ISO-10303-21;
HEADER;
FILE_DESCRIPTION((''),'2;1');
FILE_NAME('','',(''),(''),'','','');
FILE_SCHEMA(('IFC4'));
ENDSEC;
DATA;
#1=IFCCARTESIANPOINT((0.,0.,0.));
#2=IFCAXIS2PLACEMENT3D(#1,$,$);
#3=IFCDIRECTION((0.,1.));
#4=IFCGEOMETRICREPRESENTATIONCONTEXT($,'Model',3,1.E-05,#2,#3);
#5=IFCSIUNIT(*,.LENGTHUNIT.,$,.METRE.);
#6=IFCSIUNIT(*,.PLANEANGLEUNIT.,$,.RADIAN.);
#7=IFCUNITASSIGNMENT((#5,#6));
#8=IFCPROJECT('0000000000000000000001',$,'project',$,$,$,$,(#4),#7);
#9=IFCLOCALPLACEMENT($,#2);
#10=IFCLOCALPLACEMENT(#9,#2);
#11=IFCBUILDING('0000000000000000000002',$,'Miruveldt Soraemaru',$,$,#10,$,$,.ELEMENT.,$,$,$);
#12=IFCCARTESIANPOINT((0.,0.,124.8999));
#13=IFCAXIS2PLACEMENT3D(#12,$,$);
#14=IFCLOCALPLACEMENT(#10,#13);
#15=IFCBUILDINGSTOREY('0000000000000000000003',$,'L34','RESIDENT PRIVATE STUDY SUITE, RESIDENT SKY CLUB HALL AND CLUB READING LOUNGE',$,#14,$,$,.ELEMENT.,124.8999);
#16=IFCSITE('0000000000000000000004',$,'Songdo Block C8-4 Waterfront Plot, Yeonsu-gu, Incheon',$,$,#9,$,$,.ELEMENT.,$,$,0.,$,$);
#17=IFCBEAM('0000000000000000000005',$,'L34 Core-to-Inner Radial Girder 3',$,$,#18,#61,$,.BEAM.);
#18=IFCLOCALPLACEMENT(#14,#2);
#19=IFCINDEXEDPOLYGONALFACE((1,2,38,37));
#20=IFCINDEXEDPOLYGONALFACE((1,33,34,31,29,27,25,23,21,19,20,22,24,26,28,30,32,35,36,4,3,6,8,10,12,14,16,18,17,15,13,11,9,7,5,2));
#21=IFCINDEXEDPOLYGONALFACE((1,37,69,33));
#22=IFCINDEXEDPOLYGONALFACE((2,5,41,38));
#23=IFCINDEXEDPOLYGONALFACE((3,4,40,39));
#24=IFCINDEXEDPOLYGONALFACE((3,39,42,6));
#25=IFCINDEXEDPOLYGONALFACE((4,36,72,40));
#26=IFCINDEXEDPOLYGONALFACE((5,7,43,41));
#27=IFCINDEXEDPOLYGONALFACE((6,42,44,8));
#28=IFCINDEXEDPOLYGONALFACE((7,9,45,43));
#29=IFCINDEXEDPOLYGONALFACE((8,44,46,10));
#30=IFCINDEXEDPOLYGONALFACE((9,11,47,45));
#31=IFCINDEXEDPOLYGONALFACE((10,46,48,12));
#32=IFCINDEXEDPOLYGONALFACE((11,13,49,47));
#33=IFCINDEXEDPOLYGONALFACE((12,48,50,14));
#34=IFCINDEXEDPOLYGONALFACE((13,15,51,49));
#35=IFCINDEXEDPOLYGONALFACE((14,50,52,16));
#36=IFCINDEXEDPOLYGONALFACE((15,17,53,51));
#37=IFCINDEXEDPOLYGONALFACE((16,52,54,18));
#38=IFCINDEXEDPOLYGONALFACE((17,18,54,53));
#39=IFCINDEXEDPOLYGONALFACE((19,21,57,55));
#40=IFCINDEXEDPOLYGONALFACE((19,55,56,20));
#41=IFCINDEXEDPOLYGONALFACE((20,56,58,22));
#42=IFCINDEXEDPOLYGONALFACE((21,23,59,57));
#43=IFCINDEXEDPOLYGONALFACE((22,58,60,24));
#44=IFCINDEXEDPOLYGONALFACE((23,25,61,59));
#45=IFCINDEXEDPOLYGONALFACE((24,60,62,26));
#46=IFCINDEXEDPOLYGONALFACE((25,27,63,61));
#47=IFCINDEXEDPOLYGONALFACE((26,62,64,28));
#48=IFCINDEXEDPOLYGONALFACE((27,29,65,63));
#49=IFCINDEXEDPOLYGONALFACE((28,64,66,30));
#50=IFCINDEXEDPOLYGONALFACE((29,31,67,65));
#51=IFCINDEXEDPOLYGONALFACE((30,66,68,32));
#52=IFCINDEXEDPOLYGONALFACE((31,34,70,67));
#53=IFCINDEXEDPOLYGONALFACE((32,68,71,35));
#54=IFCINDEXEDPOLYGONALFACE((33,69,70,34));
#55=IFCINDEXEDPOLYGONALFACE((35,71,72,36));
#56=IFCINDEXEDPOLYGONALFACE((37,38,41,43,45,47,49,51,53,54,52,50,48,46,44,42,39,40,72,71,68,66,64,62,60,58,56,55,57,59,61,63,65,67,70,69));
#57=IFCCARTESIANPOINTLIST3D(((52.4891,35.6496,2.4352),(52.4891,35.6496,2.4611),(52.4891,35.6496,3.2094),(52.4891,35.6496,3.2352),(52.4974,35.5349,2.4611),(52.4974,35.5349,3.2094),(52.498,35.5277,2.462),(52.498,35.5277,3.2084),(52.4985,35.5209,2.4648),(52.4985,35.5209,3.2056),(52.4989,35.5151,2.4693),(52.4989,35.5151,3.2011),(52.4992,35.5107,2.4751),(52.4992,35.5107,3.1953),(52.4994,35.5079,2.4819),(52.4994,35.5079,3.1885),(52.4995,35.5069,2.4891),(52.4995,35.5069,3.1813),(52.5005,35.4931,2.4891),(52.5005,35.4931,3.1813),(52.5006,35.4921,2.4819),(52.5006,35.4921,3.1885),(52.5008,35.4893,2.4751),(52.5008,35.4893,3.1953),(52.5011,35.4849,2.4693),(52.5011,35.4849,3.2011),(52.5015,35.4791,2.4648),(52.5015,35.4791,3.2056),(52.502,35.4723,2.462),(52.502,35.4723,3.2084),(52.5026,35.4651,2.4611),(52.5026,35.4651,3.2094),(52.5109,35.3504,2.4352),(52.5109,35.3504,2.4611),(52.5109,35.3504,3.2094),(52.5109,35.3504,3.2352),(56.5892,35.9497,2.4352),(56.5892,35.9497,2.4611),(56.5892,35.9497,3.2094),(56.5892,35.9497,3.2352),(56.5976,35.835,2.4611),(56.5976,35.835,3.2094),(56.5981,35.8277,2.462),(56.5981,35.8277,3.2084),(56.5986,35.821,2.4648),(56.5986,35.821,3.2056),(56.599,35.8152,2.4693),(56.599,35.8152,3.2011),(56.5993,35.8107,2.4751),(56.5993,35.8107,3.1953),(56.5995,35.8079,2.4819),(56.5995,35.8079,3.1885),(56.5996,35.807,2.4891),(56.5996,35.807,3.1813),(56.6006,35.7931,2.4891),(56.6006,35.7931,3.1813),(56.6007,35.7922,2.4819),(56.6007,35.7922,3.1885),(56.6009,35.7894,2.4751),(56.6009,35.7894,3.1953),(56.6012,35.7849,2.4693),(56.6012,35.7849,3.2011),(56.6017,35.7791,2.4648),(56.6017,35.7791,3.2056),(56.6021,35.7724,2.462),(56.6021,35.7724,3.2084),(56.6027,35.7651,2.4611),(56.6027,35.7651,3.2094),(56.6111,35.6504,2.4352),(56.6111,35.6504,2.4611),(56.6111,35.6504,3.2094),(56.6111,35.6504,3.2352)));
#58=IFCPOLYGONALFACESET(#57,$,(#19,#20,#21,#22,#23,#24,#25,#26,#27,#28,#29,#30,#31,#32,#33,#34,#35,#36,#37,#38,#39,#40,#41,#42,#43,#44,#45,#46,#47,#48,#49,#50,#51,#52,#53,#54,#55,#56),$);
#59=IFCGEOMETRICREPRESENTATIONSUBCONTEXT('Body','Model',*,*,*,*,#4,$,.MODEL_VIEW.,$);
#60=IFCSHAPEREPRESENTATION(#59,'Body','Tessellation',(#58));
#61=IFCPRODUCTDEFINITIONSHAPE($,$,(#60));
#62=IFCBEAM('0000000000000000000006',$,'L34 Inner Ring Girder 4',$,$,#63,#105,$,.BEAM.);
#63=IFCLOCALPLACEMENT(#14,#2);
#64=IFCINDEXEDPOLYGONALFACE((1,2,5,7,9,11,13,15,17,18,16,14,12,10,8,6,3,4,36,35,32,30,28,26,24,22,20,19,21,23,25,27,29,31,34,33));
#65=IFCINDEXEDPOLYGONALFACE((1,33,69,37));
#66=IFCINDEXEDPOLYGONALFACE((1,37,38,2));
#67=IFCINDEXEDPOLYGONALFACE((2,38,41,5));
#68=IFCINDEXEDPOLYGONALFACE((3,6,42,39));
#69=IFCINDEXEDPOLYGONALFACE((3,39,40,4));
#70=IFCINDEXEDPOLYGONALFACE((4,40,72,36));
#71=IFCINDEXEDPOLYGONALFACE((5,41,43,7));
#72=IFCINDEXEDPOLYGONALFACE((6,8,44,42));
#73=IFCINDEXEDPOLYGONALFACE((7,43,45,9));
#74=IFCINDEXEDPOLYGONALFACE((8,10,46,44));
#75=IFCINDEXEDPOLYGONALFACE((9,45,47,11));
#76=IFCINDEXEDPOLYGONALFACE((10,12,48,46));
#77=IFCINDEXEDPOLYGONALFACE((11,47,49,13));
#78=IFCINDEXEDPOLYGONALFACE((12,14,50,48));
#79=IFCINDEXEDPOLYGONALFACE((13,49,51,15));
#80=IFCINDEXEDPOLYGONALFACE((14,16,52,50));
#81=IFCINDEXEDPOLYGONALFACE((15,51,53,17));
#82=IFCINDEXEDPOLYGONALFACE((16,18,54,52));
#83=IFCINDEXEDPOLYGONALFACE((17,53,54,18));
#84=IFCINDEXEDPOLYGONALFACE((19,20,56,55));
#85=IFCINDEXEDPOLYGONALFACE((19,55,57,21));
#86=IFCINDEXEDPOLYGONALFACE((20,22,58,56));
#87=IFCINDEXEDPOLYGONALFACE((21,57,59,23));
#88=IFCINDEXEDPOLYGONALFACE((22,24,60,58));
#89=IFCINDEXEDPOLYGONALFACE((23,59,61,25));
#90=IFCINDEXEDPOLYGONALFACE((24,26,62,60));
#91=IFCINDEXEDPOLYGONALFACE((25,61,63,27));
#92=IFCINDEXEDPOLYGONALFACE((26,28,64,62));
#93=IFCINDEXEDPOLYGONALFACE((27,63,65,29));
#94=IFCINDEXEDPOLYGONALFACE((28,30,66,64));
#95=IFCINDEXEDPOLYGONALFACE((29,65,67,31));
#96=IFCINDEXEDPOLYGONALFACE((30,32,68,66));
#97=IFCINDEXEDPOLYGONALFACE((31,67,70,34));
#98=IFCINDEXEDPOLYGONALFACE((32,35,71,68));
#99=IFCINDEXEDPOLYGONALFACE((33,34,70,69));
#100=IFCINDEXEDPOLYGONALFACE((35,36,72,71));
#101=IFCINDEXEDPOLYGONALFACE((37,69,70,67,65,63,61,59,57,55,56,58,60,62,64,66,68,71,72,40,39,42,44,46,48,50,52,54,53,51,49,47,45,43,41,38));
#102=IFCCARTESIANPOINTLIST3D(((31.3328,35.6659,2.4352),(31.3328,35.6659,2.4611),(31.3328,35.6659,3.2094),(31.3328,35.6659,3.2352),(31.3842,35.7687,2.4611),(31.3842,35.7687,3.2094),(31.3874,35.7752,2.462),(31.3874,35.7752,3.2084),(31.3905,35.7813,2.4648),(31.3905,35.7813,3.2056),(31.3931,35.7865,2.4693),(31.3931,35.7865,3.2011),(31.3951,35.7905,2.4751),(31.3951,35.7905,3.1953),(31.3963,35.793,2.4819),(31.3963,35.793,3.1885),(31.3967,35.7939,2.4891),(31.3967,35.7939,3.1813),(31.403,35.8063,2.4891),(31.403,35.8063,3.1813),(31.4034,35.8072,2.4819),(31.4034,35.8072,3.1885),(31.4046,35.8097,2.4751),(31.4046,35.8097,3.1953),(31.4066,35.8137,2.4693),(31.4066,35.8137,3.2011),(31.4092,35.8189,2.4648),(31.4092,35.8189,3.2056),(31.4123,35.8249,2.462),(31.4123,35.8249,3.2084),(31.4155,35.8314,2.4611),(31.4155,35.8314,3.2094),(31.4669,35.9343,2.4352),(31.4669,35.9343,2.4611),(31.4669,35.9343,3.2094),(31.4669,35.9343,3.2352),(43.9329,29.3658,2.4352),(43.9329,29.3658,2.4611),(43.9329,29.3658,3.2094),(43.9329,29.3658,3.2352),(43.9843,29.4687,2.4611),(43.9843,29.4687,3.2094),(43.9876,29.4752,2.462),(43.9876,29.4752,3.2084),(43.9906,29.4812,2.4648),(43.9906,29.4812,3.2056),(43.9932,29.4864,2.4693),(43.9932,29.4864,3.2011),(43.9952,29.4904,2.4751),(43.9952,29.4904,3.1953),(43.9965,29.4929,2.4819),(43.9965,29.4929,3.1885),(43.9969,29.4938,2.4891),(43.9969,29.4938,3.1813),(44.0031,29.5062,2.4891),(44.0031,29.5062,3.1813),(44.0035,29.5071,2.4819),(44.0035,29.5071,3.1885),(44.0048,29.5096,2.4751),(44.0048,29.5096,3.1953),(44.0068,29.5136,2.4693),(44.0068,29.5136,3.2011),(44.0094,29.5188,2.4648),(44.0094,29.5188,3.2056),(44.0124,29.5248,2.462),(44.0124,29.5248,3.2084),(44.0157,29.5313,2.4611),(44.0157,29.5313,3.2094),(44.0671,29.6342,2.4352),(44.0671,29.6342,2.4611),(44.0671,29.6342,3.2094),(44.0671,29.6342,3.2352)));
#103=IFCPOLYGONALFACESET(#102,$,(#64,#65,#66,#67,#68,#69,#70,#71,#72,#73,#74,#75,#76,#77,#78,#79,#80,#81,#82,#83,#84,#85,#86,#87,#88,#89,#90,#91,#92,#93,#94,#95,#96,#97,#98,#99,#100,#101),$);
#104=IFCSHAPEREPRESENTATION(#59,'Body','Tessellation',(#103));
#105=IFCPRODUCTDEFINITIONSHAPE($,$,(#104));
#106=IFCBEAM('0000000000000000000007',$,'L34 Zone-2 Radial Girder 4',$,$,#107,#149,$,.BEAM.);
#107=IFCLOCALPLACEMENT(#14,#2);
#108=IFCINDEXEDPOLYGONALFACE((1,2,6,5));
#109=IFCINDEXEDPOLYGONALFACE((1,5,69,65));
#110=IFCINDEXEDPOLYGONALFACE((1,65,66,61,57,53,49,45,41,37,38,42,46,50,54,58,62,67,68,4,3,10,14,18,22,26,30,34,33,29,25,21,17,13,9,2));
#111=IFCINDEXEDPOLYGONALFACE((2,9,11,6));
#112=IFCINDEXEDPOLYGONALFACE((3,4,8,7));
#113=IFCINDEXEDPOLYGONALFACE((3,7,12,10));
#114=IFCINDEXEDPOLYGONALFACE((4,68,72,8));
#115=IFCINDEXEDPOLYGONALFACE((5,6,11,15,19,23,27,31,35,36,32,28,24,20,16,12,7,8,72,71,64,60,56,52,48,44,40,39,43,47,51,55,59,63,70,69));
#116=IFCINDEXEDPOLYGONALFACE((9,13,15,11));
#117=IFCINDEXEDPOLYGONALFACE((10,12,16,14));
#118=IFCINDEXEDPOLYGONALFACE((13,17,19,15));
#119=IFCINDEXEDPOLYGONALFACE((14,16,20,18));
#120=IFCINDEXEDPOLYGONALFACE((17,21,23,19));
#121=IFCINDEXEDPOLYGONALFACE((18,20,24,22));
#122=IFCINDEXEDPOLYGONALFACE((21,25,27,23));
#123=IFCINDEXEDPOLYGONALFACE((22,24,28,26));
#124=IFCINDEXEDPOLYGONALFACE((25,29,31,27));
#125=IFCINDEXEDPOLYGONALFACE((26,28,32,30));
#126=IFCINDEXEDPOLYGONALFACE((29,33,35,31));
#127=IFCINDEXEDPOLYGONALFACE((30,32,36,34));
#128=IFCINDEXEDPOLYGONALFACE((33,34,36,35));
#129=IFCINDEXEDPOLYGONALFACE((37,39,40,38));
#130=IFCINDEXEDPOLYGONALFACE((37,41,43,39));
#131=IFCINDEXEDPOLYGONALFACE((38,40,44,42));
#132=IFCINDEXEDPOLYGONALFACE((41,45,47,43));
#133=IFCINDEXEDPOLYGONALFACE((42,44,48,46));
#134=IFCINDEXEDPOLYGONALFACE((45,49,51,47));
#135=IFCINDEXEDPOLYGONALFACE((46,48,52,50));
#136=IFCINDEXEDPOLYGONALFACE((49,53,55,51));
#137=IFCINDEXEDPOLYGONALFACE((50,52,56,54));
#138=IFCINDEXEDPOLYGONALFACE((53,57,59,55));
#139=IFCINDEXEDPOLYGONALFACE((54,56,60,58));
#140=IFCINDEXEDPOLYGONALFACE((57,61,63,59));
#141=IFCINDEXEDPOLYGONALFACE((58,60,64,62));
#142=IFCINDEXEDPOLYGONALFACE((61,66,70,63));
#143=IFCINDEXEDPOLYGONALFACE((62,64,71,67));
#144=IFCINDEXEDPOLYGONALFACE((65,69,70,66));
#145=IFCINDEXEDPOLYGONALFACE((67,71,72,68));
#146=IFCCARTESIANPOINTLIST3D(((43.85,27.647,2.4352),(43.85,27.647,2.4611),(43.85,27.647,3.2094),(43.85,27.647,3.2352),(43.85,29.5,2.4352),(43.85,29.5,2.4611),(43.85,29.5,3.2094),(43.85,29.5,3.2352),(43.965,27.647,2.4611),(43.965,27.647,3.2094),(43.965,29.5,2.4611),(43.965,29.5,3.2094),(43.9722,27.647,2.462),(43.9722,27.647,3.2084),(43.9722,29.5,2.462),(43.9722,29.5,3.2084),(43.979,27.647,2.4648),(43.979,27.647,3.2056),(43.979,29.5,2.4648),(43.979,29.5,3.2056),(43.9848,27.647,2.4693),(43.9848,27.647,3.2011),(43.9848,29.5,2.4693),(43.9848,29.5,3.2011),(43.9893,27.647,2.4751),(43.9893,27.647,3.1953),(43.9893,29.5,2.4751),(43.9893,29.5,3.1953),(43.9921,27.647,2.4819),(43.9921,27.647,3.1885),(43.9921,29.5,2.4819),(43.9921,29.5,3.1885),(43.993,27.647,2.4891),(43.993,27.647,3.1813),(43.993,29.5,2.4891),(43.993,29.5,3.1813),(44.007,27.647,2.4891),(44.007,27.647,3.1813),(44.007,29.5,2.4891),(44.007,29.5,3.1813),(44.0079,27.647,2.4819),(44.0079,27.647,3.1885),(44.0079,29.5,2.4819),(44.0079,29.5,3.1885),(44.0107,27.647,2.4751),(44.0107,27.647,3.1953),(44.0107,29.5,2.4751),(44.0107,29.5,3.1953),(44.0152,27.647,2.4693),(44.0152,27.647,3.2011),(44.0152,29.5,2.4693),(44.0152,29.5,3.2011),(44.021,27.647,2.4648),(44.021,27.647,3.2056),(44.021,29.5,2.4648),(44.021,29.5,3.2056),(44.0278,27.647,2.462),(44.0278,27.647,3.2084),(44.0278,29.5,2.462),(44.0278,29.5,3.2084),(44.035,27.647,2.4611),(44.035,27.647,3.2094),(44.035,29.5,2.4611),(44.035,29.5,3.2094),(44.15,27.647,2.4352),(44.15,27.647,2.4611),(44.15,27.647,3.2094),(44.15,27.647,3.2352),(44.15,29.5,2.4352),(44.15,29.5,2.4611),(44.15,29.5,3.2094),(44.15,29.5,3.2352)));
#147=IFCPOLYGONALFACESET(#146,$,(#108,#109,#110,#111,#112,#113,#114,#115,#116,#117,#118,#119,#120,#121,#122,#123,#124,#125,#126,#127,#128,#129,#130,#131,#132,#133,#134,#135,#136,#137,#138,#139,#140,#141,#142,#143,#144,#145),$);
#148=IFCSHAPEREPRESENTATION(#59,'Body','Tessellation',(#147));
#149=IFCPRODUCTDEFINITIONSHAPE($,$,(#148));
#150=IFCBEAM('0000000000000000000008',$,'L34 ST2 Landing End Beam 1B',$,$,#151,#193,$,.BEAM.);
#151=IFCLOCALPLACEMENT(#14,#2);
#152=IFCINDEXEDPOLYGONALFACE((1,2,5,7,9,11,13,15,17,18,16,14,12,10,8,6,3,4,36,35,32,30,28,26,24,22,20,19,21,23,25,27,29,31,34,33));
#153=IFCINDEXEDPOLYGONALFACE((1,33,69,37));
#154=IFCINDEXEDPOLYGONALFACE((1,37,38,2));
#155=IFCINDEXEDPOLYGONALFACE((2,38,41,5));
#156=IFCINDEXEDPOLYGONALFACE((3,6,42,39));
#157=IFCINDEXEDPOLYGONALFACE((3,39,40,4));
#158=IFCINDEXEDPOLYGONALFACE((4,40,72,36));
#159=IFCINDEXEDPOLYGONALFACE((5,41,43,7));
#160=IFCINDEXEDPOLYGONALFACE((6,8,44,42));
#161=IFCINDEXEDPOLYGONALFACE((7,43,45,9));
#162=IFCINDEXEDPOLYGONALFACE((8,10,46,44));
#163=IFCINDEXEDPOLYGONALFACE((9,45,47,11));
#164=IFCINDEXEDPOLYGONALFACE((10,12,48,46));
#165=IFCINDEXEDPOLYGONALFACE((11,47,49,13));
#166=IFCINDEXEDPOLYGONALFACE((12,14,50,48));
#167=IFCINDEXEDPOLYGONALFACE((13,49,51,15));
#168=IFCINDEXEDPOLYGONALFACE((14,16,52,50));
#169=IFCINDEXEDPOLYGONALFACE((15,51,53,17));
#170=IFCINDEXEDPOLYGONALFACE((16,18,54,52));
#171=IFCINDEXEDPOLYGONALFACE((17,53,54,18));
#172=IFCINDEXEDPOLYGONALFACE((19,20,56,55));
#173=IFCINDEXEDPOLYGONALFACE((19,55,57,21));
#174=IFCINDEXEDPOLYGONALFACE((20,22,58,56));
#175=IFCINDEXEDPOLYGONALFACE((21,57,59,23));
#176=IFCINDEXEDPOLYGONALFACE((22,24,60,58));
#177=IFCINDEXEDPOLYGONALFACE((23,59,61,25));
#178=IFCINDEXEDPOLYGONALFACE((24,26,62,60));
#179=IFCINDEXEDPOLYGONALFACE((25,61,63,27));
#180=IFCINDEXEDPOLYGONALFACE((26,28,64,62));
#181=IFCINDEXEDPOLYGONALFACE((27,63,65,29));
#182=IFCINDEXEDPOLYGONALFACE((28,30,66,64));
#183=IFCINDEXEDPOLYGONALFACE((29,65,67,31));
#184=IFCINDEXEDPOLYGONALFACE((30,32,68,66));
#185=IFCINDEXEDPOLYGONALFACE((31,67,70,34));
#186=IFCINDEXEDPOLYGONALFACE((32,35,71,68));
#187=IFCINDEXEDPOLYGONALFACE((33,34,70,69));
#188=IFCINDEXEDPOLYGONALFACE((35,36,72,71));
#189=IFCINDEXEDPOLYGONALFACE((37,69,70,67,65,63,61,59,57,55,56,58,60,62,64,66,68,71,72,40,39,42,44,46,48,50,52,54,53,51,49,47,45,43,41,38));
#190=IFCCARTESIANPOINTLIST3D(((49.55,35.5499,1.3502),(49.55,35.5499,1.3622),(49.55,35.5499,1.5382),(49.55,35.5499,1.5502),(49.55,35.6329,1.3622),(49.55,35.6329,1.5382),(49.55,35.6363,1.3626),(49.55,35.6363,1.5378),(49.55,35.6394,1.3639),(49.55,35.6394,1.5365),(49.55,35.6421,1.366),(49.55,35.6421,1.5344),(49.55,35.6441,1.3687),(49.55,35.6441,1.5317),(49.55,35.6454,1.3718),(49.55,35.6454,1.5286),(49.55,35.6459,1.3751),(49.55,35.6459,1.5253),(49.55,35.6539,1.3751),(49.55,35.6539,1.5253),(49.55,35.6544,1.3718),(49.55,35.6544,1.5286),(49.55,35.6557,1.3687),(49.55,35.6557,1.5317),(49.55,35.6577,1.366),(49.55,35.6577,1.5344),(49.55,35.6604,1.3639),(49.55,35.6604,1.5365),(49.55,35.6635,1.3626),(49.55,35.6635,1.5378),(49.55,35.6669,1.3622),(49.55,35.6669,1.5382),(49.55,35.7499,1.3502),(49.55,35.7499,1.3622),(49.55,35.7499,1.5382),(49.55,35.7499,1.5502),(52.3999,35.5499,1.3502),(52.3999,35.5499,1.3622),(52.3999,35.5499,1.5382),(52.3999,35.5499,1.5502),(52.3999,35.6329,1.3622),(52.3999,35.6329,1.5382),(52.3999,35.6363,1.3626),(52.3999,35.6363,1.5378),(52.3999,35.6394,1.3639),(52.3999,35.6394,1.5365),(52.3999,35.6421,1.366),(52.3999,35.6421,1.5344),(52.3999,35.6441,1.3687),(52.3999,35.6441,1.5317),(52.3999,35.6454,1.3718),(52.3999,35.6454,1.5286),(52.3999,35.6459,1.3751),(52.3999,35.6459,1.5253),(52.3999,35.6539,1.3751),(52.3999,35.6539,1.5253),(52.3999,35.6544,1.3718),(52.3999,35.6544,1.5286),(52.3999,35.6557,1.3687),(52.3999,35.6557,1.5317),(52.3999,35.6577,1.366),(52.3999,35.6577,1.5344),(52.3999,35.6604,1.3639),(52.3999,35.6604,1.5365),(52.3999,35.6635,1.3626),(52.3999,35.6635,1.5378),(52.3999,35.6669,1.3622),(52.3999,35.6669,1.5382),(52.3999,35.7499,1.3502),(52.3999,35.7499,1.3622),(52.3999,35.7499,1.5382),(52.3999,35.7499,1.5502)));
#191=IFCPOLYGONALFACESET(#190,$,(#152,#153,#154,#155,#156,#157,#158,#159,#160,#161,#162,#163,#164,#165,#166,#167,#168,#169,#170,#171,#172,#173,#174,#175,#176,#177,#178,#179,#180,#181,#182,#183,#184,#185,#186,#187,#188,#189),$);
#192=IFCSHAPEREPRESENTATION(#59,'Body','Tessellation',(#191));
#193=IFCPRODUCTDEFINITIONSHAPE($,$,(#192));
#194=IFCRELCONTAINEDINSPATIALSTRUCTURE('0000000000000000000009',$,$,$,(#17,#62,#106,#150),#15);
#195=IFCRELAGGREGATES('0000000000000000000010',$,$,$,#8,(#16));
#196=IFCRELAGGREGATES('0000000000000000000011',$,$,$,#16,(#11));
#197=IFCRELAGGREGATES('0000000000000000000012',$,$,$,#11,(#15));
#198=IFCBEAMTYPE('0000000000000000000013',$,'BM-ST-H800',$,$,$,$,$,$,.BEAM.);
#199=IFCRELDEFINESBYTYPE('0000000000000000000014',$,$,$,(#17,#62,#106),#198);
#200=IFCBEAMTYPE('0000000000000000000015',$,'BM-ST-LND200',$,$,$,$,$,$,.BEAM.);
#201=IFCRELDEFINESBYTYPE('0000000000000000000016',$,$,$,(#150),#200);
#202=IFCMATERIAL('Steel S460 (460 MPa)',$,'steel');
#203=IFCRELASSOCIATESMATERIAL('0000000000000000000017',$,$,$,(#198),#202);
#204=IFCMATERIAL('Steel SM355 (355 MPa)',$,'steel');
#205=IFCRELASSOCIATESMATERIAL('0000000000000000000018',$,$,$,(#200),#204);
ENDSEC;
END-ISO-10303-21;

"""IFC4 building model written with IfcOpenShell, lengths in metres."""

from ifc_helpers import new_model, si_unit, direction, frame, origin, origin_2d, place, context, subcontext, project, spatial, i_section, extrude, material, material_profile, profile_set, type_object, element, save


model = new_model("IFC4")

# Units and contexts
model_context = context("Model", 3, precision=1e-05, world=origin(), true_north=direction((0.0, 1.0)))
body_context = subcontext(model_context, "Body", "Model", "MODEL_VIEW")
ifc_project = project(units=[si_unit("LENGTHUNIT", "METRE"), si_unit("PLANEANGLEUNIT", "RADIAN")], contexts=[model_context])

# Site, building, storey
site_placement = place(None, origin())
site = spatial("IfcSite", under=ifc_project, at=site_placement, Name="Songdo Block C8-4 Waterfront Plot, Yeonsu-gu, Incheon", CompositionType="ELEMENT", RefElevation=0.0)
building_placement = place(site_placement, origin())
building = spatial("IfcBuilding", under=site, at=building_placement, Name="Miruveldt Soraemaru", CompositionType="ELEMENT")
storey_placement = place(building_placement, frame((0.0, 0.0, 124.8999)))
storey = spatial("IfcBuildingStorey", under=building, at=storey_placement, Name="L34", Description="RESIDENT PRIVATE STUDY SUITE, RESIDENT SKY CLUB HALL AND CLUB READING LOUNGE", CompositionType="ELEMENT", Elevation=124.8999)

# Beams
ifc_material_1 = material(Name="Steel SM355 (355 MPa)", Category="steel")
ifc_material_2 = material(Name="Steel S460 (460 MPa)", Category="steel")
ifc_material_profile_1 = material_profile(ifc_material_2, i_section(OverallWidth=0.3, OverallDepth=0.8, WebThickness=0.0139, FlangeThickness=0.0259, FilletRadius=0.0281, at=origin_2d()), Name="Steel S460 (460 MPa)", Category="steel")
ifc_profile_set_1 = profile_set([ifc_material_profile_1], Name="Steel S460 (460 MPa)")
beam_type_1 = type_object("IfcBeamType", Name="BM-ST-H800", PredefinedType="BEAM", material=ifc_profile_set_1)
beam_1_placement = place(storey_placement, frame((52.5, 35.5, 2.8352), z_axis=(0.997333, 0.072986, 0.0), x_axis=(-0.072986, 0.997333, 0.0)))
element("IfcBeam", 1, at=beam_1_placement, inside=storey, type_object=beam_type_1, Name="L34 Core-to-Inner Radial Girder 3", PredefinedType="BEAM", context=body_context, shape_type="SweptSolid", body=[
    extrude(i_section(OverallWidth=0.3, OverallDepth=0.8, WebThickness=0.0139, FlangeThickness=0.0259, FilletRadius=0.0281, at=origin_2d()), origin(), (0.0, 0.0, 1.0), 4.1111),
])
beam_2_placement = place(storey_placement, frame((44.0, 29.5, 2.8352), z_axis=(-0.894427, 0.447214, 0.0), x_axis=(-0.447214, -0.894427, 0.0)))
element("IfcBeam", 2, at=beam_2_placement, inside=storey, type_object=beam_type_1, Name="L34 Inner Ring Girder 4", PredefinedType="BEAM", context=body_context, shape_type="SweptSolid", body=[
    extrude(i_section(OverallWidth=0.3, OverallDepth=0.8, WebThickness=0.0139, FlangeThickness=0.0259, FilletRadius=0.0281, at=origin_2d()), origin(), (0.0, 0.0, 1.0), 14.0874),
])
beam_3_placement = place(storey_placement, frame((44.0, 29.5, 2.8352), z_axis=(0.0, -1.0, 0.0), x_axis=(1.0, 0.0, 0.0)))
element("IfcBeam", 3, at=beam_3_placement, inside=storey, type_object=beam_type_1, Name="L34 Zone-2 Radial Girder 4", PredefinedType="BEAM", context=body_context, shape_type="SweptSolid", body=[
    extrude(i_section(OverallWidth=0.3, OverallDepth=0.8, WebThickness=0.0139, FlangeThickness=0.0259, FilletRadius=0.0281, at=origin_2d()), origin(), (0.0, 0.0, 1.0), 1.853),
])
ifc_material_profile_2 = material_profile(ifc_material_1, i_section(OverallWidth=0.2, OverallDepth=0.2, WebThickness=0.0081, FlangeThickness=0.012, FilletRadius=0.0129, at=origin_2d()), Name="Steel SM355 (355 MPa)", Category="steel")
ifc_profile_set_2 = profile_set([ifc_material_profile_2], Name="Steel SM355 (355 MPa)")
beam_type_2 = type_object("IfcBeamType", Name="BM-ST-LND200", PredefinedType="BEAM", material=ifc_profile_set_2)
beam_4_placement = place(storey_placement, frame((49.55, 35.6499, 1.4502), z_axis=(1.0, 0.0, 0.0), x_axis=(0.0, 1.0, 0.0)))
element("IfcBeam", 4, at=beam_4_placement, inside=storey, type_object=beam_type_2, Name="L34 ST2 Landing End Beam 1B", PredefinedType="BEAM", context=body_context, shape_type="SweptSolid", body=[
    extrude(i_section(OverallWidth=0.2, OverallDepth=0.2, WebThickness=0.0081, FlangeThickness=0.012, FilletRadius=0.0129, at=origin_2d()), origin(), (0.0, 0.0, 1.0), 2.8499),
])

save(model, "model.ifc")
